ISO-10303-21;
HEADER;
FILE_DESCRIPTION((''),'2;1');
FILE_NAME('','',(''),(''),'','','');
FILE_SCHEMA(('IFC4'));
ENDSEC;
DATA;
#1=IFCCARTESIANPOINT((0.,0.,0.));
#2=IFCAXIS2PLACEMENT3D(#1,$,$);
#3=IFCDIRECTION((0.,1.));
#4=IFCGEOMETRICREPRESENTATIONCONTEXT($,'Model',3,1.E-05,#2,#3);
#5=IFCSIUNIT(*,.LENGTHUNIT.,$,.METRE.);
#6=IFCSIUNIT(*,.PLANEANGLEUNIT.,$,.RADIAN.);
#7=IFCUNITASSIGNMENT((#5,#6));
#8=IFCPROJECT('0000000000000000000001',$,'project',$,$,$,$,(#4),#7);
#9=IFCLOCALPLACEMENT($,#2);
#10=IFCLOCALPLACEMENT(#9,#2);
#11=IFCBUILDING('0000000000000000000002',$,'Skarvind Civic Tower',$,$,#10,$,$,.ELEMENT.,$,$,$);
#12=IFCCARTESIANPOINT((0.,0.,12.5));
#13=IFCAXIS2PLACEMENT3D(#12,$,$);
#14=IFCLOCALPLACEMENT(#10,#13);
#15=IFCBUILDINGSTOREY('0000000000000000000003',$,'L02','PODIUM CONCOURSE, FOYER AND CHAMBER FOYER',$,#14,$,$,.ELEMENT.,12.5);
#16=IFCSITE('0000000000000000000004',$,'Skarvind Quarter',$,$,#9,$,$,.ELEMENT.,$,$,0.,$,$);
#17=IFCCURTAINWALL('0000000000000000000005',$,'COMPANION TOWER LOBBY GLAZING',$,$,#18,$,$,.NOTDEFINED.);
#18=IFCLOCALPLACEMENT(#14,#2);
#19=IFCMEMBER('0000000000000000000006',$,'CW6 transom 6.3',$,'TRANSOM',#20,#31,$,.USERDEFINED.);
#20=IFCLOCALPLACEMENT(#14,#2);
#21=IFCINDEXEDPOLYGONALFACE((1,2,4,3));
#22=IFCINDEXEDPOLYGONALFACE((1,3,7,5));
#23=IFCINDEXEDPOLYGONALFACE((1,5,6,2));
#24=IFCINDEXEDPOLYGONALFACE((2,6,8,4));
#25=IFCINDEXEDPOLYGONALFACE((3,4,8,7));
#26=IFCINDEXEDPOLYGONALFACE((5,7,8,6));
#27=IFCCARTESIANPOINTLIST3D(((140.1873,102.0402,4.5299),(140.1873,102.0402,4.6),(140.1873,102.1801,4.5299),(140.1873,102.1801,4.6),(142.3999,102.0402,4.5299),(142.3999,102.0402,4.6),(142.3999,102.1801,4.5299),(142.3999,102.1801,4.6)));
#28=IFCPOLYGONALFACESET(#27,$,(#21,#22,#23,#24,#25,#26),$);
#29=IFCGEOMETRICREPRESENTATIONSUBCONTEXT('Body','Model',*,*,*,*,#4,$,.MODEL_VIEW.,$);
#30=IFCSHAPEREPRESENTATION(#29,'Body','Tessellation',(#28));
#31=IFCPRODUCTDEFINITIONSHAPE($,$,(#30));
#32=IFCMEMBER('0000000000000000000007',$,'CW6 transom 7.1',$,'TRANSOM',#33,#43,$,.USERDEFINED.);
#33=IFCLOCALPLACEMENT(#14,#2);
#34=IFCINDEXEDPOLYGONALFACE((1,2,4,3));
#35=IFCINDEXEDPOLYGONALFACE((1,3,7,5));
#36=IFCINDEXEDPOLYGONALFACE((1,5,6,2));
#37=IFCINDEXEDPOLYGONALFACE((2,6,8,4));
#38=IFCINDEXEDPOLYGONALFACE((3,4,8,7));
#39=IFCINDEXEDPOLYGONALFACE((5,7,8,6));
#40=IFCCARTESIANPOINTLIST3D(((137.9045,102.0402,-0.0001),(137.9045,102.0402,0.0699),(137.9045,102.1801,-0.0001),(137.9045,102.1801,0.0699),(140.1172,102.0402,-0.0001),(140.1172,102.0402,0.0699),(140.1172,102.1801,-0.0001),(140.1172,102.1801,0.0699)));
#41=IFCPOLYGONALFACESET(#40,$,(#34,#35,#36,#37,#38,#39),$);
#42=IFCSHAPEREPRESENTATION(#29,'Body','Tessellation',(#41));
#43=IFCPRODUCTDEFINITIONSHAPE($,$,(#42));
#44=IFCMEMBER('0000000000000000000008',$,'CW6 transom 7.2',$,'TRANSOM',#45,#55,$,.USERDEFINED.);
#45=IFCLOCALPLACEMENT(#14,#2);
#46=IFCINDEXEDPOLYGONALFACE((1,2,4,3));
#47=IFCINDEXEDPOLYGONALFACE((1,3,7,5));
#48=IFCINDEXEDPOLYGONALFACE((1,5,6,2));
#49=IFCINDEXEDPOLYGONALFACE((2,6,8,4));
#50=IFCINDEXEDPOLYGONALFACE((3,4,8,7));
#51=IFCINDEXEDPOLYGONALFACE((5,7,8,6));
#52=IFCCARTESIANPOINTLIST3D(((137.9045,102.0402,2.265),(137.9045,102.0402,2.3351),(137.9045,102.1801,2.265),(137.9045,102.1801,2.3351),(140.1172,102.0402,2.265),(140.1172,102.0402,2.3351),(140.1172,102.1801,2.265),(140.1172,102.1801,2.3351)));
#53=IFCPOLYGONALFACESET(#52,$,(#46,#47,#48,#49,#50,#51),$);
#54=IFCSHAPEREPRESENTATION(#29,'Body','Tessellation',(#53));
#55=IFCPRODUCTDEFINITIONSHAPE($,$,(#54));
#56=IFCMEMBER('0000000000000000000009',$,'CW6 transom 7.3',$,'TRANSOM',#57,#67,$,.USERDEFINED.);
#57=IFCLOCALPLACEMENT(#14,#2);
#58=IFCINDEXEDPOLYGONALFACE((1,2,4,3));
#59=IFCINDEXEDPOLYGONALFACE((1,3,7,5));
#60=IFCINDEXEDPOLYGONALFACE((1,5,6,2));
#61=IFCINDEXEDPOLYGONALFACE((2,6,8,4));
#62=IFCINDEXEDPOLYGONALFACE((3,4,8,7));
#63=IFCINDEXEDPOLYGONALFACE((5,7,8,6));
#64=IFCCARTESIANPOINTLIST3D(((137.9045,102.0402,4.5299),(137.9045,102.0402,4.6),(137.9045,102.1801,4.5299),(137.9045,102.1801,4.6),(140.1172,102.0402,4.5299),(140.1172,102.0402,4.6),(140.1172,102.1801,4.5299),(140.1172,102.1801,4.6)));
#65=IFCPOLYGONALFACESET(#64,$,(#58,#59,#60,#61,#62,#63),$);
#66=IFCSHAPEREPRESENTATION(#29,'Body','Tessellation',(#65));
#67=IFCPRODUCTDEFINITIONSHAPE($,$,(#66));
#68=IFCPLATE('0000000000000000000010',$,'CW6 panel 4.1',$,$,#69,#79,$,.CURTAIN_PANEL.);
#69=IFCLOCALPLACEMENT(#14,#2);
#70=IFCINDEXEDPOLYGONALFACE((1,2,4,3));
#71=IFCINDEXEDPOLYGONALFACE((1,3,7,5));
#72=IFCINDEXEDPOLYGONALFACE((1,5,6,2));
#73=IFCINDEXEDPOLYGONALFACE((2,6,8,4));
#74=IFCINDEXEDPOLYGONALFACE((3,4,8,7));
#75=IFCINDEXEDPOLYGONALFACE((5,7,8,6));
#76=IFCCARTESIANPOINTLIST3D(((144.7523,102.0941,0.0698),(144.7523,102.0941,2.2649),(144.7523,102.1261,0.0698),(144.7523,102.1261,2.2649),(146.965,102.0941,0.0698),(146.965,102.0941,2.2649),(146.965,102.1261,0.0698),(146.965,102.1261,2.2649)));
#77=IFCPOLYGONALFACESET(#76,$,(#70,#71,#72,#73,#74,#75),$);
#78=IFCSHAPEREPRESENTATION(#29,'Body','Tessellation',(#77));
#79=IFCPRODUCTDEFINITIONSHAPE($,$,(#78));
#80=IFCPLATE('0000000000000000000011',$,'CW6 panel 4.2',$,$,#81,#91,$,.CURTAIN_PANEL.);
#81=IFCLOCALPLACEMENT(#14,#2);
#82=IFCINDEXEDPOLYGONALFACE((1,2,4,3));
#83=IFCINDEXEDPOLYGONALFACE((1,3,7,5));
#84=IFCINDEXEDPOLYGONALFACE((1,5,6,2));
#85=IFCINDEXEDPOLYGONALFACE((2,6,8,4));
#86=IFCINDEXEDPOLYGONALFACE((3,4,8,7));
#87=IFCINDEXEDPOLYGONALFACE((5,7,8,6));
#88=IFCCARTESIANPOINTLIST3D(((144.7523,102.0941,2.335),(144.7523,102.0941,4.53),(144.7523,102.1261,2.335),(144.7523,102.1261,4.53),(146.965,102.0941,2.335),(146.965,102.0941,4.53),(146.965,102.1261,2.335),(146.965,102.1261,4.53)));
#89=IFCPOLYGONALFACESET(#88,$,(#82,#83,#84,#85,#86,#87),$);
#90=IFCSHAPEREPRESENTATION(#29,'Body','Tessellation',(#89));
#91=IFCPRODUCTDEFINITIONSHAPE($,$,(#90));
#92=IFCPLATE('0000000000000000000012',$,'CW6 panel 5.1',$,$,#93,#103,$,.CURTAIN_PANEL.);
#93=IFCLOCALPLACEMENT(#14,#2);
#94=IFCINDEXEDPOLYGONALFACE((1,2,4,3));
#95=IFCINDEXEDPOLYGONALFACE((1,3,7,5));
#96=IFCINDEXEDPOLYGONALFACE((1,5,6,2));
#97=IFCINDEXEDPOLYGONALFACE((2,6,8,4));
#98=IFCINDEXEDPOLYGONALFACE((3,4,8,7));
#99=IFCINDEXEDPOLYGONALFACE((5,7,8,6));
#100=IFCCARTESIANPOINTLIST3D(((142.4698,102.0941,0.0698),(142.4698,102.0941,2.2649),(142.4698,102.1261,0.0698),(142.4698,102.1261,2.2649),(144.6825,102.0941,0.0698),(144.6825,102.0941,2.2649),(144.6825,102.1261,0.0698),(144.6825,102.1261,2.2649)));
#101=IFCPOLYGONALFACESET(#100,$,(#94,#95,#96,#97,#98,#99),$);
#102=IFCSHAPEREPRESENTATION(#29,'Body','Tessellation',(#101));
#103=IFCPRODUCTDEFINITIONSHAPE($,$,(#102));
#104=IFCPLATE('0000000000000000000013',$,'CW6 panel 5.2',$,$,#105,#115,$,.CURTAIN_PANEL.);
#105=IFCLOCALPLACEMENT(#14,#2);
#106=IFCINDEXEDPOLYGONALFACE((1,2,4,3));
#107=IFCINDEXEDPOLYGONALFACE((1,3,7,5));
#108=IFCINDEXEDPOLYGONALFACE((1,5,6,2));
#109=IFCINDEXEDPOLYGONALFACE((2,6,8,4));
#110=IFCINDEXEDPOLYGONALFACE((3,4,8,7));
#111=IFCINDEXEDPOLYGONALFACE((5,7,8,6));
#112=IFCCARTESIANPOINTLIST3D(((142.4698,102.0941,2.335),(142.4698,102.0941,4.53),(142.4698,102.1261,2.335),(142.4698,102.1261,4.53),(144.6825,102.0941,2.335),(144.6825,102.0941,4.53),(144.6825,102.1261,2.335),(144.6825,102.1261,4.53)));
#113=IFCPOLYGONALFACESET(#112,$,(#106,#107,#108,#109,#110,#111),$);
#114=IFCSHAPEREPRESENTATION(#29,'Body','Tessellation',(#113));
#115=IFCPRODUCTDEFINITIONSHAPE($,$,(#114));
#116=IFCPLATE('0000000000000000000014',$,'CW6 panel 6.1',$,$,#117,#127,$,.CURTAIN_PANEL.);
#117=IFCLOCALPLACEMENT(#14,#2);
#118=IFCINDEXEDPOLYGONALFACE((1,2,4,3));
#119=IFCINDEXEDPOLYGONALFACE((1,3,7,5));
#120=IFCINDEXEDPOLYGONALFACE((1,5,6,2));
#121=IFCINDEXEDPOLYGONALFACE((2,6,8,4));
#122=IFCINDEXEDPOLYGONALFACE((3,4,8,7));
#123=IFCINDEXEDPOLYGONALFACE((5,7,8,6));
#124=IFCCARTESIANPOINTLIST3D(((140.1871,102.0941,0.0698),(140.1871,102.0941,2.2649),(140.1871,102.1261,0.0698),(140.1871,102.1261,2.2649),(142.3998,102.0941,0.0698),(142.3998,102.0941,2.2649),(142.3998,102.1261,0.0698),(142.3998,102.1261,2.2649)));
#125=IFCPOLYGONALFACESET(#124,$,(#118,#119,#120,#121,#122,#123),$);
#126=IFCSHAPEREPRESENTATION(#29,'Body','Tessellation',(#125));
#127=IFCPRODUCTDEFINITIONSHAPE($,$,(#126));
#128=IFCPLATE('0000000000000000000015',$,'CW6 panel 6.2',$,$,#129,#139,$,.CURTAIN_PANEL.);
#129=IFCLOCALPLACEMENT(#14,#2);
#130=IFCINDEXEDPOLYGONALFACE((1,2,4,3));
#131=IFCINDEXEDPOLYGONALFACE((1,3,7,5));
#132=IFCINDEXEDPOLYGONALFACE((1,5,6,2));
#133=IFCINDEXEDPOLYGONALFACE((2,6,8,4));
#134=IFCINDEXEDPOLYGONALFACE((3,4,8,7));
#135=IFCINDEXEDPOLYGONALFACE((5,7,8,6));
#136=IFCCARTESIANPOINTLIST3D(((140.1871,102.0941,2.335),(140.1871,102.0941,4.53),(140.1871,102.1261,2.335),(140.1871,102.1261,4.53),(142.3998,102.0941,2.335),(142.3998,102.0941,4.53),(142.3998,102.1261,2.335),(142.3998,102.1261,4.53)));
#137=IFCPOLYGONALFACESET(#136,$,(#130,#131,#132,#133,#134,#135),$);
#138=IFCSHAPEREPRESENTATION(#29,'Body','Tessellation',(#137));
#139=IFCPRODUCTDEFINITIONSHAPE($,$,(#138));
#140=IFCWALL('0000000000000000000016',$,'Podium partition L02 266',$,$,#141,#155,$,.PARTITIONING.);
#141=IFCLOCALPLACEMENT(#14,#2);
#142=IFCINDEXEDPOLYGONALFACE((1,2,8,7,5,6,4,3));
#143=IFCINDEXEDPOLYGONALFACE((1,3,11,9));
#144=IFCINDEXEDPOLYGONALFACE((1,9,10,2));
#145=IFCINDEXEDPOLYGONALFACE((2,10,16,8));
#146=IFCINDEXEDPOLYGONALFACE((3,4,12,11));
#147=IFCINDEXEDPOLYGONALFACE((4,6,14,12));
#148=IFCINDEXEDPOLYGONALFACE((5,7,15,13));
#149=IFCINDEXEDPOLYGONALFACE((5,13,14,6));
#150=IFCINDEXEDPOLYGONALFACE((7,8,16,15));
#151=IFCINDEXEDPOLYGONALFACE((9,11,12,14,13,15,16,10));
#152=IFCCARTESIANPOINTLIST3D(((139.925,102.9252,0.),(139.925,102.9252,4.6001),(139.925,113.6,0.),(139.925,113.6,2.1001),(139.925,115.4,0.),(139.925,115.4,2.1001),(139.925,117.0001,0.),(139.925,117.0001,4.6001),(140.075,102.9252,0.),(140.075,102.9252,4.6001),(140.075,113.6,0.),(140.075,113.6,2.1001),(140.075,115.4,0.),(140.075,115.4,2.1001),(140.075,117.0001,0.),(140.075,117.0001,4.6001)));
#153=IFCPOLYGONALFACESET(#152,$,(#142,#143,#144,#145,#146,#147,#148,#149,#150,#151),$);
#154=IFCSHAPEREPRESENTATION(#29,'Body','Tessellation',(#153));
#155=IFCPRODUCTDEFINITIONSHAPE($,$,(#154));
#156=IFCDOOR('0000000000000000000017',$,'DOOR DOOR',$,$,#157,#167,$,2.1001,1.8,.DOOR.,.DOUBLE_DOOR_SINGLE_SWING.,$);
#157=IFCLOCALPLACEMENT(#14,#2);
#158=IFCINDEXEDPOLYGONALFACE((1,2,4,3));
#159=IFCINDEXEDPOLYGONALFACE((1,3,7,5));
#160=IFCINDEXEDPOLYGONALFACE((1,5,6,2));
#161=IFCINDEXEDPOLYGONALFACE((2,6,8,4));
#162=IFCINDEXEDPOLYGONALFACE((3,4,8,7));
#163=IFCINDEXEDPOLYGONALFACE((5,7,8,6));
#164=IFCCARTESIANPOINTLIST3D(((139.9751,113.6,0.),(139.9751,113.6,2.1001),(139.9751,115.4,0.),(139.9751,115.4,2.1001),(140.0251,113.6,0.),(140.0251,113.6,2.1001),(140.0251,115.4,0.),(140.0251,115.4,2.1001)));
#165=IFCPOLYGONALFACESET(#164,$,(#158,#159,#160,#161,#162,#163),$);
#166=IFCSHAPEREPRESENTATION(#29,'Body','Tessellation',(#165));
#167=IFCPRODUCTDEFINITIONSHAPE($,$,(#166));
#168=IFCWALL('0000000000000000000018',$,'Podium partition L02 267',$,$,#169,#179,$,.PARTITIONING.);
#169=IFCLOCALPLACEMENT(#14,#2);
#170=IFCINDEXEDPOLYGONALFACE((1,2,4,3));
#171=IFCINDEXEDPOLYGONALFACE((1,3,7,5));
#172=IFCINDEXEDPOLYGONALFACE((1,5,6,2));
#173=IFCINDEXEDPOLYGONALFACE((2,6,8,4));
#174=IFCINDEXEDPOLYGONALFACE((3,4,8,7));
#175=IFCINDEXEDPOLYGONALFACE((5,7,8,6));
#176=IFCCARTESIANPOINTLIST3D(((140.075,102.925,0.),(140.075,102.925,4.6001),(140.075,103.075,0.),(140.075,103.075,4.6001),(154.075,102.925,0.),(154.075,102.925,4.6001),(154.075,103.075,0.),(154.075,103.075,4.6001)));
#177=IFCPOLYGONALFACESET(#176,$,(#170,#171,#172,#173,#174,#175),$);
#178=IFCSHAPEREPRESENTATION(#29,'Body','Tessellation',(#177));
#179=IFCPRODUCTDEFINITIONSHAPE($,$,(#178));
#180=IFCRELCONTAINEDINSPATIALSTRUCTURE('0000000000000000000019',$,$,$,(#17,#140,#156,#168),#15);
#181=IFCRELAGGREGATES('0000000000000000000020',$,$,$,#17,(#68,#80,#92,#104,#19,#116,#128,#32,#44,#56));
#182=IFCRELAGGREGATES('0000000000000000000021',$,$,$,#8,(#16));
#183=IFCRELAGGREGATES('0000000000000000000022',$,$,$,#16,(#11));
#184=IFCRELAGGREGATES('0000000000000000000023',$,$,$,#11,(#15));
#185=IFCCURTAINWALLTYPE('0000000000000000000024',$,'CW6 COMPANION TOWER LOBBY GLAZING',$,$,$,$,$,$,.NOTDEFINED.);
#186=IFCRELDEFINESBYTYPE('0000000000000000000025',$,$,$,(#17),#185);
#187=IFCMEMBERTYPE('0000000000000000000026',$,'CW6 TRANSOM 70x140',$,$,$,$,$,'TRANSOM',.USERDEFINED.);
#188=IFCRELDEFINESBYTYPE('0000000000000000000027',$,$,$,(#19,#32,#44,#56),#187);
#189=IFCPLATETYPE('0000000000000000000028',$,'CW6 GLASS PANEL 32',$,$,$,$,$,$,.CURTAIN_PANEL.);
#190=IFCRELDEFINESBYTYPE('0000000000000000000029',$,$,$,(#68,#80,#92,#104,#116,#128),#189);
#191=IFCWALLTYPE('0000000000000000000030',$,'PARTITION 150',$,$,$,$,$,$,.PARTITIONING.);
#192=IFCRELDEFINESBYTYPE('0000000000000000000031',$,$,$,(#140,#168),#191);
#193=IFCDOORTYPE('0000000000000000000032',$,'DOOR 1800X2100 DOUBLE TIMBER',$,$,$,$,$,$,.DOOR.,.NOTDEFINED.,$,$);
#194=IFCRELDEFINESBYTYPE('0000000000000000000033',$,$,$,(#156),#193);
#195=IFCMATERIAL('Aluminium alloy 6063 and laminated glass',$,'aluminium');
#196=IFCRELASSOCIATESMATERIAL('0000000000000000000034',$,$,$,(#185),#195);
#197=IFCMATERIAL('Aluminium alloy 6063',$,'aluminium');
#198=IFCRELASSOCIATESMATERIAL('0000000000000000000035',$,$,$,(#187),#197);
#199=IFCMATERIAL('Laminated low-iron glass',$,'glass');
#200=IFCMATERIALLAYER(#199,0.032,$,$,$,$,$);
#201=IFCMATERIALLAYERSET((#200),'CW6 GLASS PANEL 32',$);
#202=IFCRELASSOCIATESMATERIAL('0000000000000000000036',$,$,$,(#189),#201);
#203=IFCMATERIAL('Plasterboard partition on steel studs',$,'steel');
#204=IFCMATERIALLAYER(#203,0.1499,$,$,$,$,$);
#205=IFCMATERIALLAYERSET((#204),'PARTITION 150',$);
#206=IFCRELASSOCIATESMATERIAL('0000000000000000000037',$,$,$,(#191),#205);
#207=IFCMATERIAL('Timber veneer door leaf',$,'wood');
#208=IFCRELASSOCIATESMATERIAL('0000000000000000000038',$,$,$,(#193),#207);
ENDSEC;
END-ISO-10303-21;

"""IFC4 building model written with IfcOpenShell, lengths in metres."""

from ifc_helpers import new_model, si_unit, direction, frame, frame_2d, origin, origin_2d, place, context, subcontext, project, spatial, rectangle, extrude, material, layer, layer_set, material_profile, profile_set, type_object, element, fill, aggregate, save


model = new_model("IFC4")

# Units and contexts
model_context = context("Model", 3, precision=1e-05, world=origin(), true_north=direction((0.0, 1.0)))
body_context = subcontext(model_context, "Body", "Model", "MODEL_VIEW")
ifc_project = project(units=[si_unit("LENGTHUNIT", "METRE"), si_unit("PLANEANGLEUNIT", "RADIAN")], contexts=[model_context])

# Site, building, storey
site_placement = place(None, origin())
site = spatial("IfcSite", under=ifc_project, at=site_placement, Name="Skarvind Quarter", CompositionType="ELEMENT", RefElevation=0.0)
building_placement = place(site_placement, origin())
building = spatial("IfcBuilding", under=site, at=building_placement, Name="Skarvind Civic Tower", CompositionType="ELEMENT")
storey_placement = place(building_placement, frame((0.0, 0.0, 12.5)))
storey = spatial("IfcBuildingStorey", under=building, at=storey_placement, Name="L02", Description="PODIUM CONCOURSE, FOYER AND CHAMBER FOYER", CompositionType="ELEMENT", Elevation=12.5)

# Curtain wall, members, plates
ifc_material_1 = material(Name="Aluminium alloy 6063 and laminated glass", Category="aluminium")
curtain_wall_type = type_object("IfcCurtainWallType", Name="CW6 COMPANION TOWER LOBBY GLAZING", PredefinedType="NOTDEFINED", material=ifc_material_1)
curtain_wall_placement = place(storey_placement, origin())
curtain_wall = element("IfcCurtainWall", 1, at=curtain_wall_placement, inside=storey, type_object=curtain_wall_type, Name="COMPANION TOWER LOBBY GLAZING", PredefinedType="NOTDEFINED")
ifc_material_2 = material(Name="Aluminium alloy 6063", Category="aluminium")
ifc_material_profile_1 = material_profile(ifc_material_2, rectangle(XDim=0.1399, YDim=0.0701, at=origin_2d()), Name="AL 70x140")
ifc_profile_set_1 = profile_set([ifc_material_profile_1], Name="Aluminium alloy 6063")
member_type_1 = type_object("IfcMemberType", Name="CW6 TRANSOM 70x140", ElementType="TRANSOM", PredefinedType="USERDEFINED", material=ifc_profile_set_1)
member_1_placement = place(storey_placement, frame((142.3999, 102.1101, 4.5649), z_axis=(-1.0, 0.0, 0.0), x_axis=(0.0, -1.0, 0.0)))
member_1 = element("IfcMember", 2, at=member_1_placement, type_object=member_type_1, Name="CW6 transom 6.3", ObjectType="TRANSOM", PredefinedType="USERDEFINED", context=body_context, shape_type="SweptSolid", body=[
    extrude(rectangle(XDim=0.1399, YDim=0.0701, at=origin_2d()), origin(), (0.0, 0.0, 1.0), 2.2126),
])
member_2_placement = place(storey_placement, frame((140.1172, 102.1101, 0.0349), z_axis=(-1.0, 0.0, 0.0), x_axis=(0.0, -1.0, 0.0)))
member_2 = element("IfcMember", 3, at=member_2_placement, type_object=member_type_1, Name="CW6 transom 7.1", ObjectType="TRANSOM", PredefinedType="USERDEFINED", context=body_context, shape_type="SweptSolid", body=[
    extrude(rectangle(XDim=0.1399, YDim=0.0701, at=origin_2d()), origin(), (0.0, 0.0, 1.0), 2.2126),
])
member_3_placement = place(storey_placement, frame((140.1172, 102.1101, 2.3), z_axis=(-1.0, 0.0, 0.0), x_axis=(0.0, -1.0, 0.0)))
member_3 = element("IfcMember", 4, at=member_3_placement, type_object=member_type_1, Name="CW6 transom 7.2", ObjectType="TRANSOM", PredefinedType="USERDEFINED", context=body_context, shape_type="SweptSolid", body=[
    extrude(rectangle(XDim=0.1399, YDim=0.0701, at=origin_2d()), origin(), (0.0, 0.0, 1.0), 2.2126),
])
member_4_placement = place(storey_placement, frame((140.1172, 102.1101, 4.5649), z_axis=(-1.0, 0.0, 0.0), x_axis=(0.0, -1.0, 0.0)))
member_4 = element("IfcMember", 5, at=member_4_placement, type_object=member_type_1, Name="CW6 transom 7.3", ObjectType="TRANSOM", PredefinedType="USERDEFINED", context=body_context, shape_type="SweptSolid", body=[
    extrude(rectangle(XDim=0.1399, YDim=0.0701, at=origin_2d()), origin(), (0.0, 0.0, 1.0), 2.2126),
])
ifc_material_3 = material(Name="Laminated low-iron glass", Category="glass")
ifc_layer_1 = layer(ifc_material_3, 0.032)
ifc_layer_set_1 = layer_set([ifc_layer_1], Name="CW6 GLASS PANEL 32")
plate_type = type_object("IfcPlateType", Name="CW6 GLASS PANEL 32", PredefinedType="CURTAIN_PANEL", material=ifc_layer_set_1)
plate_1_placement = place(storey_placement, frame((145.8586, 102.1101, 0.0698), z_axis=(0.0, 0.0, 1.0), x_axis=(-1.0, 0.0, 0.0)))
plate_1 = element("IfcPlate", 6, at=plate_1_placement, type_object=plate_type, Name="CW6 panel 4.1", PredefinedType="CURTAIN_PANEL", context=body_context, shape_type="SweptSolid", body=[
    extrude(rectangle(XDim=2.2126, YDim=0.032, at=origin_2d()), origin(), (0.0, 0.0, 1.0), 2.1951),
])
plate_2_placement = place(storey_placement, frame((145.8586, 102.1101, 2.335), z_axis=(0.0, 0.0, 1.0), x_axis=(-1.0, 0.0, 0.0)))
plate_2 = element("IfcPlate", 7, at=plate_2_placement, type_object=plate_type, Name="CW6 panel 4.2", PredefinedType="CURTAIN_PANEL", context=body_context, shape_type="SweptSolid", body=[
    extrude(rectangle(XDim=2.2126, YDim=0.032, at=origin_2d()), origin(), (0.0, 0.0, 1.0), 2.1951),
])
plate_3_placement = place(storey_placement, frame((143.5762, 102.1101, 0.0698), z_axis=(0.0, 0.0, 1.0), x_axis=(-1.0, 0.0, 0.0)))
plate_3 = element("IfcPlate", 8, at=plate_3_placement, type_object=plate_type, Name="CW6 panel 5.1", PredefinedType="CURTAIN_PANEL", context=body_context, shape_type="SweptSolid", body=[
    extrude(rectangle(XDim=2.2126, YDim=0.032, at=origin_2d()), origin(), (0.0, 0.0, 1.0), 2.1951),
])
plate_4_placement = place(storey_placement, frame((143.5762, 102.1101, 2.335), z_axis=(0.0, 0.0, 1.0), x_axis=(-1.0, 0.0, 0.0)))
plate_4 = element("IfcPlate", 9, at=plate_4_placement, type_object=plate_type, Name="CW6 panel 5.2", PredefinedType="CURTAIN_PANEL", context=body_context, shape_type="SweptSolid", body=[
    extrude(rectangle(XDim=2.2126, YDim=0.032, at=origin_2d()), origin(), (0.0, 0.0, 1.0), 2.1951),
])
plate_5_placement = place(storey_placement, frame((141.2935, 102.1101, 0.0698), z_axis=(0.0, 0.0, 1.0), x_axis=(-1.0, 0.0, 0.0)))
plate_5 = element("IfcPlate", 10, at=plate_5_placement, type_object=plate_type, Name="CW6 panel 6.1", PredefinedType="CURTAIN_PANEL", context=body_context, shape_type="SweptSolid", body=[
    extrude(rectangle(XDim=2.2126, YDim=0.032, at=origin_2d()), origin(), (0.0, 0.0, 1.0), 2.1951),
])
plate_6_placement = place(storey_placement, frame((141.2935, 102.1101, 2.335), z_axis=(0.0, 0.0, 1.0), x_axis=(-1.0, 0.0, 0.0)))
plate_6 = element("IfcPlate", 11, at=plate_6_placement, type_object=plate_type, Name="CW6 panel 6.2", PredefinedType="CURTAIN_PANEL", context=body_context, shape_type="SweptSolid", body=[
    extrude(rectangle(XDim=2.2126, YDim=0.032, at=origin_2d()), origin(), (0.0, 0.0, 1.0), 2.1951),
])
aggregate(curtain_wall, [plate_1, plate_2, plate_3, plate_4, member_1, plate_5, plate_6, member_2, member_3, member_4])

# Wall, opening, door
ifc_material_4 = material(Name="Plasterboard partition on steel studs", Category="steel")
ifc_layer_2 = layer(ifc_material_4, 0.1499)
ifc_layer_set_2 = layer_set([ifc_layer_2], Name="PARTITION 150")
wall_type = type_object("IfcWallType", Name="PARTITION 150", PredefinedType="PARTITIONING", material=ifc_layer_set_2)
wall_1_placement = place(storey_placement, frame((140.0, 102.925, 0.0), z_axis=(0.0, 0.0, 1.0), x_axis=(0.0, 1.0, 0.0)))
wall_1 = element("IfcWall", 12, at=wall_1_placement, inside=storey, type_object=wall_type, Name="Podium partition L02 266", PredefinedType="PARTITIONING", context=body_context, shape_type="SweptSolid", body=[
    extrude(rectangle(XDim=14.075, YDim=0.1499, at=frame_2d((7.0376, 0.0))), origin(), (0.0, 0.0, 1.0), 4.6001),
])
opening_placement = place(wall_1_placement, frame((10.675, 0.0, 0.0)))
opening = element("IfcOpeningElement", 13, at=opening_placement, cuts=wall_1, PredefinedType="OPENING", context=body_context, shape_type="SweptSolid", body=[
    extrude(rectangle(XDim=1.8, YDim=2.1001, at=frame_2d((0.8999, 1.05))), frame((0.0, 0.085, 0.0), z_axis=(0.0, -1.0, 0.0), x_axis=(1.0, 0.0, 0.0)), (0.0, 0.0, 1.0), 0.1699),
])
ifc_material_5 = material(Name="Timber veneer door leaf", Category="wood")
door_type = type_object("IfcDoorType", Name="DOOR 1800X2100 DOUBLE TIMBER", OperationType="NOTDEFINED", PredefinedType="DOOR", material=ifc_material_5)
door_placement = place(opening_placement, origin())
door = element("IfcDoor", 14, at=door_placement, inside=storey, type_object=door_type, Name="DOOR DOOR", OperationType="DOUBLE_DOOR_SINGLE_SWING", OverallHeight=2.1001, OverallWidth=1.8, PredefinedType="DOOR", context=body_context, shape_type="SweptSolid", body=[
    extrude(rectangle(XDim=1.8, YDim=2.1001, at=frame_2d((0.8999, 1.05))), frame((0.0, 0.0249, 0.0), z_axis=(0.0, -1.0, 0.0), x_axis=(1.0, 0.0, 0.0)), (0.0, 0.0, 1.0), 0.05),
])
fill(opening, door)

# Wall
wall_2_placement = place(storey_placement, frame((140.075, 103.0, 0.0), z_axis=(0.0, 0.0, 1.0), x_axis=(1.0, 0.0, 0.0)))
element("IfcWall", 15, at=wall_2_placement, inside=storey, type_object=wall_type, Name="Podium partition L02 267", PredefinedType="PARTITIONING", context=body_context, shape_type="SweptSolid", body=[
    extrude(rectangle(XDim=14.0, YDim=0.1499, at=frame_2d((7.0, 0.0))), origin(), (0.0, 0.0, 1.0), 4.6001),
])

save(model, "model.ifc")
